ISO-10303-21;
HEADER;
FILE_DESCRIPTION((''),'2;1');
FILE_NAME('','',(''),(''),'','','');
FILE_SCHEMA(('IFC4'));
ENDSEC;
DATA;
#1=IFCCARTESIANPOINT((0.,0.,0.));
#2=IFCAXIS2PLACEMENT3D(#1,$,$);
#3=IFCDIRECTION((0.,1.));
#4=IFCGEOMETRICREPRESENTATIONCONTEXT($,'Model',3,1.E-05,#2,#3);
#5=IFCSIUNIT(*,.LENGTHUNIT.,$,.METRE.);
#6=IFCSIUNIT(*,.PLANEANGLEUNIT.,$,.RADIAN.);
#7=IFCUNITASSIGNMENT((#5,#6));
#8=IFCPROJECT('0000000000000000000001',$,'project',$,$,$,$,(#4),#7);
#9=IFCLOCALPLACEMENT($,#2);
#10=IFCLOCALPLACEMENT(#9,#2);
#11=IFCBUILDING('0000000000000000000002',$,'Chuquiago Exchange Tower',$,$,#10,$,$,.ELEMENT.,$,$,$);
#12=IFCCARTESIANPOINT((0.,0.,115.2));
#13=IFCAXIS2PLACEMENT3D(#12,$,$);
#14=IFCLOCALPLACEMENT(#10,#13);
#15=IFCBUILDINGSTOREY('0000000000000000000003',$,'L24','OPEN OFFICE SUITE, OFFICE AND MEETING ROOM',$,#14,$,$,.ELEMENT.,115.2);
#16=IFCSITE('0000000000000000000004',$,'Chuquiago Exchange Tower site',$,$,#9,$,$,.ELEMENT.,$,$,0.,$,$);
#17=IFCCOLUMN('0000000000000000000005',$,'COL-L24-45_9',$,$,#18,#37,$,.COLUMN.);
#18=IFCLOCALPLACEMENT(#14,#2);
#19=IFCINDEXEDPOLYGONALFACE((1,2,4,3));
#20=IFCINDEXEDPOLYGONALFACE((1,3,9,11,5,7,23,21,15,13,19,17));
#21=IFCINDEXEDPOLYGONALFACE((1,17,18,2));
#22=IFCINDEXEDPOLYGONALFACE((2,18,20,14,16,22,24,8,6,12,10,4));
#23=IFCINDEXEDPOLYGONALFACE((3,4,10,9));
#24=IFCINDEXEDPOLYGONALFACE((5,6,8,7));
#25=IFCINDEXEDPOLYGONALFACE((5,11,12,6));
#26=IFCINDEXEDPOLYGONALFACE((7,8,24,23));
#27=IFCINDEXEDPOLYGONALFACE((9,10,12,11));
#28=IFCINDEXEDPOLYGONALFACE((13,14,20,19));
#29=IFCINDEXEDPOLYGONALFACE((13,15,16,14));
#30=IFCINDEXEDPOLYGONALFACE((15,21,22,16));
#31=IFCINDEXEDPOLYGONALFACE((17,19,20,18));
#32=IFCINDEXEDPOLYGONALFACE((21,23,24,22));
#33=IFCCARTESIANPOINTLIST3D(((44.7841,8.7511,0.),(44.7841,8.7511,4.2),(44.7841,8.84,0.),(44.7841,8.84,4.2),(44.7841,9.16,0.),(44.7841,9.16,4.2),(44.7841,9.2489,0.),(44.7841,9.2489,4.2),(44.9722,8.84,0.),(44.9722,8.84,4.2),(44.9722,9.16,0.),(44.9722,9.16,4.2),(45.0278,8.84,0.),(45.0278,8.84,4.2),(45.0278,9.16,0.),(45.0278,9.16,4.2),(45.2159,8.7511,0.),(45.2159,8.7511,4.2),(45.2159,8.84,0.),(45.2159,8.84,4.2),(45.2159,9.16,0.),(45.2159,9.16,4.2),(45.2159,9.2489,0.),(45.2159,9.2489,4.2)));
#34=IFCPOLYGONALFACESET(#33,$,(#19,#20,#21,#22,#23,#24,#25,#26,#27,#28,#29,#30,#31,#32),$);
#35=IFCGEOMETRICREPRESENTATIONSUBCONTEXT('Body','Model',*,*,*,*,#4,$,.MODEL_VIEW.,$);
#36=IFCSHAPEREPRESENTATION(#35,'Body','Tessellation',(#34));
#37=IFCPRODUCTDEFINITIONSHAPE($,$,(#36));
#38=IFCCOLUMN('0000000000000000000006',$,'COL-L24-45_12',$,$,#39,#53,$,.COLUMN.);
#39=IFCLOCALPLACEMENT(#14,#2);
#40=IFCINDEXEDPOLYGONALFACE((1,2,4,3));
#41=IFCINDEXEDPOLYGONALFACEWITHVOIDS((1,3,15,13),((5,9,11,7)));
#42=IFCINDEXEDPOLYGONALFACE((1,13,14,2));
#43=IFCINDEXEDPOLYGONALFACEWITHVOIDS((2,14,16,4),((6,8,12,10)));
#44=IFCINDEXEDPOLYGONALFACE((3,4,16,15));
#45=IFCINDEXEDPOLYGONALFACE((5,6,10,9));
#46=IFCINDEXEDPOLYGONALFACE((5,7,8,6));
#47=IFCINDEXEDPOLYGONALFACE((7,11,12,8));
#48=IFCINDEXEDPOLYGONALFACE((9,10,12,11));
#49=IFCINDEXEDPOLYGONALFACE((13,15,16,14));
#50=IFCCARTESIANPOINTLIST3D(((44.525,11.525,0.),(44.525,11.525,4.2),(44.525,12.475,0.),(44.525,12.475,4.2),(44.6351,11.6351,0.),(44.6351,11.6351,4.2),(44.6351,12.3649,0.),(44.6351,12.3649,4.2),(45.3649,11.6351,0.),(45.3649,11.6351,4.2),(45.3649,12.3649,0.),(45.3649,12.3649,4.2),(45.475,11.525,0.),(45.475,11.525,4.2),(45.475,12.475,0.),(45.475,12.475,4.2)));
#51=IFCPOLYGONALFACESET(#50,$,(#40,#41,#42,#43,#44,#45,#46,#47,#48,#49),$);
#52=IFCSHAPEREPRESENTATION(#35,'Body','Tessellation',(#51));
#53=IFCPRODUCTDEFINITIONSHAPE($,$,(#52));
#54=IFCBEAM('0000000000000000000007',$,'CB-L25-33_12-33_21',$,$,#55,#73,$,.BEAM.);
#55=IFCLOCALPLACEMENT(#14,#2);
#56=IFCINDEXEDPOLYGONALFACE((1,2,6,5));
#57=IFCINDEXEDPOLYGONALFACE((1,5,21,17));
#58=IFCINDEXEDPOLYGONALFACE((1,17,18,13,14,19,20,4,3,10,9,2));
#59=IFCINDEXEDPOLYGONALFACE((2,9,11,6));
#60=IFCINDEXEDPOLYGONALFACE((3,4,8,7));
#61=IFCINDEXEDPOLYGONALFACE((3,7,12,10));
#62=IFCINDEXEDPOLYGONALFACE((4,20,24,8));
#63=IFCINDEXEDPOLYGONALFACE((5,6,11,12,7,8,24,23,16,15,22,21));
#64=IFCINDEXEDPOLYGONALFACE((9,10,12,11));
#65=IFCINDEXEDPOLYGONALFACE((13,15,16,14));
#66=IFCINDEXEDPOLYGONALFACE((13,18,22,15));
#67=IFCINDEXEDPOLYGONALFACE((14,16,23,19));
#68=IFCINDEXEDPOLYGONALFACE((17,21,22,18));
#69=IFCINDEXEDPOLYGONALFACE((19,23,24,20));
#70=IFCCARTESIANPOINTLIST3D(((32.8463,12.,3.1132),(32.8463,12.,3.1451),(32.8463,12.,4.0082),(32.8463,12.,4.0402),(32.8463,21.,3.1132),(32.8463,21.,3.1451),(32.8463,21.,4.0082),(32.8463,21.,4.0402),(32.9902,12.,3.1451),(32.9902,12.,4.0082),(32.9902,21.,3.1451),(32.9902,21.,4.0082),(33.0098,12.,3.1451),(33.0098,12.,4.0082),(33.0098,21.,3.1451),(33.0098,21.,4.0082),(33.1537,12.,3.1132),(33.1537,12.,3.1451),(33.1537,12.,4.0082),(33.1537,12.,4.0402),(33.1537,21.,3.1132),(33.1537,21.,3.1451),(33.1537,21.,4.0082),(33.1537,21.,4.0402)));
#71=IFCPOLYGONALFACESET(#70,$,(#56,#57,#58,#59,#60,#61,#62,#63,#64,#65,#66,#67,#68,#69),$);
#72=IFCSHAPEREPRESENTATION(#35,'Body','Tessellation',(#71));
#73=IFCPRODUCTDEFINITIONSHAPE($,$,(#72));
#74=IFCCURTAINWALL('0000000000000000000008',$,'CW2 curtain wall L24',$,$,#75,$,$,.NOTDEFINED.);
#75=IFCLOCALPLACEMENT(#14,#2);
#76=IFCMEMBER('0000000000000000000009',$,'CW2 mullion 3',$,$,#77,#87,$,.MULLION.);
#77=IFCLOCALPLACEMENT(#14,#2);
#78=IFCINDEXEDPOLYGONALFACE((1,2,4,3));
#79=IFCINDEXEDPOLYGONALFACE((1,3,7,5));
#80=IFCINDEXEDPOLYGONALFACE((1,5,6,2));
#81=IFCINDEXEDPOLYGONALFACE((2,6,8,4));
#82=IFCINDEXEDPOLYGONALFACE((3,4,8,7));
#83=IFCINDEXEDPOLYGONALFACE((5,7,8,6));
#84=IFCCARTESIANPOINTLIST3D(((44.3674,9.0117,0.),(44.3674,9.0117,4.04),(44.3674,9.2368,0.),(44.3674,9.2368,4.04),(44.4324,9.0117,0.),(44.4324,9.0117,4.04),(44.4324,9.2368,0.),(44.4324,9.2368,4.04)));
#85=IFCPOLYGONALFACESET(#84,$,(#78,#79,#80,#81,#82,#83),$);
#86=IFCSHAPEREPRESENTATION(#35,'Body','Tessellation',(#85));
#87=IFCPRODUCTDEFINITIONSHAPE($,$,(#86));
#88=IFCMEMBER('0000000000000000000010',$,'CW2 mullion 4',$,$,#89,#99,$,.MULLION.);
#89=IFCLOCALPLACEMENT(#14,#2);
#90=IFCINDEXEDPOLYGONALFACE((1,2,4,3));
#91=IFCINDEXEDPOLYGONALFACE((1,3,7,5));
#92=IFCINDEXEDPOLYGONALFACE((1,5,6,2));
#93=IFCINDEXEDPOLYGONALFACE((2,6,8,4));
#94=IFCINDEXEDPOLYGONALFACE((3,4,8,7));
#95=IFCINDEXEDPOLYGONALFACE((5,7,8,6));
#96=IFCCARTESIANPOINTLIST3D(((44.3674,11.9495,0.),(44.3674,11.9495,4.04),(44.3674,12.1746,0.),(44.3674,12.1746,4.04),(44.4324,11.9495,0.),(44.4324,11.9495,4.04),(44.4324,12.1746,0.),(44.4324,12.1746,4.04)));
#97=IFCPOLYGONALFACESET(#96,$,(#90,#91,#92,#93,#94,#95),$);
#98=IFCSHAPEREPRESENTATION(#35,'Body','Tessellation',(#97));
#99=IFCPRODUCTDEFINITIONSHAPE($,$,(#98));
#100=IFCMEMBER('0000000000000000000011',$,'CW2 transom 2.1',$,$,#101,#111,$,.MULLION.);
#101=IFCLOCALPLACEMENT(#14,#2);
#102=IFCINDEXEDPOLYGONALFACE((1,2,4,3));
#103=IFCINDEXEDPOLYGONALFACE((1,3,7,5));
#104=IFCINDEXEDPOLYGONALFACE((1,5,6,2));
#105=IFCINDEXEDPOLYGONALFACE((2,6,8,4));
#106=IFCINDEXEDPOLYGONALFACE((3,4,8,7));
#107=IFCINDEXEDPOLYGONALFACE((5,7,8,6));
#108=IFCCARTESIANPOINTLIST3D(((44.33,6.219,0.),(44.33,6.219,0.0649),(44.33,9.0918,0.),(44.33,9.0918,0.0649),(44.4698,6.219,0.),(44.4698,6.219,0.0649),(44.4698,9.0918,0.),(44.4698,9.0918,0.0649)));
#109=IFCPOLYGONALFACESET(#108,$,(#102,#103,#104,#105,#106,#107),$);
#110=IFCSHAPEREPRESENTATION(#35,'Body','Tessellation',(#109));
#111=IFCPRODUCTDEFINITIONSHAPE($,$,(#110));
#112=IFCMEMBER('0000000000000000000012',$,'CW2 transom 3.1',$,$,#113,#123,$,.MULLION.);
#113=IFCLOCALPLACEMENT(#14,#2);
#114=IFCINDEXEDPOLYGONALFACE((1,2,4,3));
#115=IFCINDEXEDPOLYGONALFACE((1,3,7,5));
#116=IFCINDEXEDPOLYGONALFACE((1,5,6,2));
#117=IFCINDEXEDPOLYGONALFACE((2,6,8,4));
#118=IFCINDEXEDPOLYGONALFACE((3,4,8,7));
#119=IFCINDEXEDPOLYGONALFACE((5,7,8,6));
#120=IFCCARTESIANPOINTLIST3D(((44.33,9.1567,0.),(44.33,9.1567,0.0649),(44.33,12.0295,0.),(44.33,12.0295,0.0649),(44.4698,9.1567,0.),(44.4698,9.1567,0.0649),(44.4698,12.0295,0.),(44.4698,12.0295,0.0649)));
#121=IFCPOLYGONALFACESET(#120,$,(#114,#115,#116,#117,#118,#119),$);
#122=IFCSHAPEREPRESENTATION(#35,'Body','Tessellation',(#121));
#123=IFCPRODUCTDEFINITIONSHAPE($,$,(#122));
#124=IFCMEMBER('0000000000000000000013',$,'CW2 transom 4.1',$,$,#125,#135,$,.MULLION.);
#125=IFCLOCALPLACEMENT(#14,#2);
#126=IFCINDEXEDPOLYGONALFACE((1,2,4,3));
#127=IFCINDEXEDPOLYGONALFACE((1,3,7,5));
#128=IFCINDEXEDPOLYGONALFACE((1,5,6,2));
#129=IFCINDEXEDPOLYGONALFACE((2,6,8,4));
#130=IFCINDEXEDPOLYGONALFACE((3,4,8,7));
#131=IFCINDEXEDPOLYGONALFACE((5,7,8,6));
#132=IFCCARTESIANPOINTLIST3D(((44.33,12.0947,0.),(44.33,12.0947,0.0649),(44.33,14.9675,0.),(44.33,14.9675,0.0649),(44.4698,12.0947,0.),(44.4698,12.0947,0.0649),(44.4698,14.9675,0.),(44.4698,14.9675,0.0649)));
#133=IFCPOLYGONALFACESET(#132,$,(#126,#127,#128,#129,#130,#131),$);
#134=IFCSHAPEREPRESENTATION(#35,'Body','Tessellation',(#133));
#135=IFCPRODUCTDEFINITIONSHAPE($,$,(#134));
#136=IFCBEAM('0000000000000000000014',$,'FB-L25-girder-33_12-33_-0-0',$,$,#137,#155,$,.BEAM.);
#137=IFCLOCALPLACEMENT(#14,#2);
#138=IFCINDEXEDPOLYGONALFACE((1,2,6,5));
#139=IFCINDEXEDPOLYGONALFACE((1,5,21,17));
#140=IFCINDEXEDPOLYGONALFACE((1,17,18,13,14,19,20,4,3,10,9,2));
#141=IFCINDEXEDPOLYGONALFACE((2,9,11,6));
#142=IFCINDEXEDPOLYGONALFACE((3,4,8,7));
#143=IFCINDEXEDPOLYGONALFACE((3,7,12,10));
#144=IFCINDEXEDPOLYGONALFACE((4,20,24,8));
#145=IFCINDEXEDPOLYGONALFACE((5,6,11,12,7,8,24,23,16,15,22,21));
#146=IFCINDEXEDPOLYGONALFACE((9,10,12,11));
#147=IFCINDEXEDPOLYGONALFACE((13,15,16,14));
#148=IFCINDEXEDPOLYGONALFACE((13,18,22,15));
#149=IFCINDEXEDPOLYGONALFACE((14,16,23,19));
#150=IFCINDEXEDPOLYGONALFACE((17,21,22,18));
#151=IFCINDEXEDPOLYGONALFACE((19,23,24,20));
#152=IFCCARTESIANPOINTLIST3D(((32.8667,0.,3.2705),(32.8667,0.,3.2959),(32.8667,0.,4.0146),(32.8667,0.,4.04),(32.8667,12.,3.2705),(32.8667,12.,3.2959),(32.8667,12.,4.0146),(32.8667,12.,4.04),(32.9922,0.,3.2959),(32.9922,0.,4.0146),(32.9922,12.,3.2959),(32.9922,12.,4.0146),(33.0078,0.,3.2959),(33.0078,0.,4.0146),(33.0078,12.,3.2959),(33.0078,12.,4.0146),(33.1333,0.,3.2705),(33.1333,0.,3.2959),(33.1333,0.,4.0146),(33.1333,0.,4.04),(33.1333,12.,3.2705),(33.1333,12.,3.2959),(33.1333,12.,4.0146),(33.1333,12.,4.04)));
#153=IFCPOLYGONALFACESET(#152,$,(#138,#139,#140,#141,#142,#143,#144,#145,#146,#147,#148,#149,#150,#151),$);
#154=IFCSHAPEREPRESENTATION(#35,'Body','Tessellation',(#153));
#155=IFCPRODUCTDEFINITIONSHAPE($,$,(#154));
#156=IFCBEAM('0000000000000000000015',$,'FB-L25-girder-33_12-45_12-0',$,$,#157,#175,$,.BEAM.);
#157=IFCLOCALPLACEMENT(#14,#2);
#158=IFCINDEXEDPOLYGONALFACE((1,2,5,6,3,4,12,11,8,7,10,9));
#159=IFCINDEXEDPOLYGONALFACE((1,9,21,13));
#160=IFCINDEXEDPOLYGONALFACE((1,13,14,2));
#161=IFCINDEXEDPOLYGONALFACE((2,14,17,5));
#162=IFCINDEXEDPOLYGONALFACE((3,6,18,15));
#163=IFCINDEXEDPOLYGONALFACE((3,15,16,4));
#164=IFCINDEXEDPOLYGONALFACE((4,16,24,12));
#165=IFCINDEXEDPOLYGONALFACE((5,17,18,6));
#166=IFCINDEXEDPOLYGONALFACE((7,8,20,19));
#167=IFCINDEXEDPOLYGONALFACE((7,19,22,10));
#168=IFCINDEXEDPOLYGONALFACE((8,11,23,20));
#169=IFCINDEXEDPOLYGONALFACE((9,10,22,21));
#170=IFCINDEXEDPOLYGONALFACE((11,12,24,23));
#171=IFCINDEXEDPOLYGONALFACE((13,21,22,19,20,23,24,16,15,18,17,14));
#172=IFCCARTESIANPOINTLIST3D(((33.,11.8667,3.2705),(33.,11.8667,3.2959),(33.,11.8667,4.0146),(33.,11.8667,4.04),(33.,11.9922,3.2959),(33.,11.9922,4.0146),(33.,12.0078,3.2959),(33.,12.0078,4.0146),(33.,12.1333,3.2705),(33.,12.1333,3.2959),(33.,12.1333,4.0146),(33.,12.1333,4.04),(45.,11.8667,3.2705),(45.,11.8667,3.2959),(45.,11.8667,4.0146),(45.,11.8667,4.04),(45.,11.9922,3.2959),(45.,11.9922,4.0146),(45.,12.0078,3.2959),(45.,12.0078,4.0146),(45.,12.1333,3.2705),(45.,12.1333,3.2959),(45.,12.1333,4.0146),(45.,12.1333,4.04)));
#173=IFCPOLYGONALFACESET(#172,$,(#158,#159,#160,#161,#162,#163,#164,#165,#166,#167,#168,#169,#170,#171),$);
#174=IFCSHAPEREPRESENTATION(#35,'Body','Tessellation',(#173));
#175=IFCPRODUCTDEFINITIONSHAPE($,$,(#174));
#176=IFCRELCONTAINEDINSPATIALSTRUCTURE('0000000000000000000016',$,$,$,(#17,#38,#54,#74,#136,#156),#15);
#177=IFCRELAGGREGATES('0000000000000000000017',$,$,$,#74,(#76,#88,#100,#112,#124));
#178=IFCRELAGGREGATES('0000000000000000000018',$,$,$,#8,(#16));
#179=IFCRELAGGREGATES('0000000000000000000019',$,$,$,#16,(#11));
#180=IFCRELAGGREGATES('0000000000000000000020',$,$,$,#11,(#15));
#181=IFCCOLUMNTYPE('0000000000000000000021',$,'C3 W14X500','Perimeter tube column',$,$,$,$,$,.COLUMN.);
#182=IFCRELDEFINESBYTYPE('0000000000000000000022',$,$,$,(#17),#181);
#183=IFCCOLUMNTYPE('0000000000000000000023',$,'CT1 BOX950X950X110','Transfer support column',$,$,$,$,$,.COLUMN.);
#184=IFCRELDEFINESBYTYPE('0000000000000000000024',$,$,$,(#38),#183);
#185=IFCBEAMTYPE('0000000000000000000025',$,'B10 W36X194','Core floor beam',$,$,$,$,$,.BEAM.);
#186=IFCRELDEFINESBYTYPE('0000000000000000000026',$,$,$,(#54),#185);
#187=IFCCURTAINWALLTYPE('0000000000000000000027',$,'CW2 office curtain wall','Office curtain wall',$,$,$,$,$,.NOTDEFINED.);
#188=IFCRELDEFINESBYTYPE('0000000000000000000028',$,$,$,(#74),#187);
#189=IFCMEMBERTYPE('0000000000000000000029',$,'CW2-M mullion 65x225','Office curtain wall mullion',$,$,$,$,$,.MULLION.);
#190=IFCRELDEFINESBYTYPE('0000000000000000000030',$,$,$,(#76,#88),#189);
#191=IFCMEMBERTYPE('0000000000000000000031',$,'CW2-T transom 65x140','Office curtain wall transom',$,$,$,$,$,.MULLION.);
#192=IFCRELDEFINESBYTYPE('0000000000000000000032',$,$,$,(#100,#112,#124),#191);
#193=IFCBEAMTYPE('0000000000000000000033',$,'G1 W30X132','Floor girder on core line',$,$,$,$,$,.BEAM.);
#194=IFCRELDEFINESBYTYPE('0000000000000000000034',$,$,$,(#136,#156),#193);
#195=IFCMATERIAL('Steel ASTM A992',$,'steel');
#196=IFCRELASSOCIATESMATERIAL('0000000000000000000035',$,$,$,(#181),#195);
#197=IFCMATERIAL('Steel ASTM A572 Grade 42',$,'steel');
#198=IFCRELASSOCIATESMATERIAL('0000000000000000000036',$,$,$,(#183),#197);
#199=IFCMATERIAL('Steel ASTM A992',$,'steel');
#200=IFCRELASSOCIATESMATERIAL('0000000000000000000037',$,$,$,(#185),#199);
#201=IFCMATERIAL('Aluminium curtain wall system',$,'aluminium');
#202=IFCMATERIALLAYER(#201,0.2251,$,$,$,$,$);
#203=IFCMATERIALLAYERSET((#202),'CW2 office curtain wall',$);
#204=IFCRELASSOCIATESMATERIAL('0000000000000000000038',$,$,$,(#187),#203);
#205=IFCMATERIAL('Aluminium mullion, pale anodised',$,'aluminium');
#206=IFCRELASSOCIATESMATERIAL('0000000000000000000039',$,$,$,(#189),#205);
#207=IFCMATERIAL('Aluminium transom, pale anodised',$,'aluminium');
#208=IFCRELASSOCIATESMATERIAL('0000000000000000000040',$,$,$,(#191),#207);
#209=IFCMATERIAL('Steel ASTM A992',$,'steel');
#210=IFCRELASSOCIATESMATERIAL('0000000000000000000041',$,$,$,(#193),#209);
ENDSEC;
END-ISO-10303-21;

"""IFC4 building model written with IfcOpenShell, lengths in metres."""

from ifc_helpers import new_model, si_unit, direction, frame, origin, origin_2d, place, context, subcontext, project, spatial, rectangle, hollow_rectangle, i_section, extrude, material, layer, layer_set, material_profile, profile_set, type_object, element, aggregate, save


model = new_model("IFC4")

# Units and contexts
model_context = context("Model", 3, precision=1e-05, world=origin(), true_north=direction((0.0, 1.0)))
body_context = subcontext(model_context, "Body", "Model", "MODEL_VIEW")
ifc_project = project(units=[si_unit("LENGTHUNIT", "METRE"), si_unit("PLANEANGLEUNIT", "RADIAN")], contexts=[model_context])

# Site, building, storey
site_placement = place(None, origin())
site = spatial("IfcSite", under=ifc_project, at=site_placement, Name="Chuquiago Exchange Tower site", CompositionType="ELEMENT", RefElevation=0.0)
building_placement = place(site_placement, origin())
building = spatial("IfcBuilding", under=site, at=building_placement, Name="Chuquiago Exchange Tower", CompositionType="ELEMENT")
storey_placement = place(building_placement, frame((0.0, 0.0, 115.2)))
storey = spatial("IfcBuildingStorey", under=building, at=storey_placement, Name="L24", Description="OPEN OFFICE SUITE, OFFICE AND MEETING ROOM", CompositionType="ELEMENT", Elevation=115.2)

# Columns
ifc_material_1 = material(Name="Steel ASTM A992", Category="steel")
ifc_material_profile_1 = material_profile(ifc_material_1, i_section(OverallWidth=0.4319, OverallDepth=0.4978, WebThickness=0.0557, FlangeThickness=0.0889, at=origin_2d()), Name="W14X500")
ifc_profile_set_1 = profile_set([ifc_material_profile_1], Name="Steel ASTM A992")
column_type_1 = type_object("IfcColumnType", Name="C3 W14X500", Description="Perimeter tube column", PredefinedType="COLUMN", material=ifc_profile_set_1)
column_1_placement = place(storey_placement, frame((45.0, 9.0, 0.0), z_axis=(0.0, 0.0, 1.0), x_axis=(1.0, 0.0, 0.0)))
element("IfcColumn", 1, at=column_1_placement, inside=storey, type_object=column_type_1, Name="COL-L24-45_9", PredefinedType="COLUMN", context=body_context, shape_type="SweptSolid", body=[
    extrude(i_section(OverallWidth=0.4319, OverallDepth=0.4978, WebThickness=0.0557, FlangeThickness=0.0889, at=origin_2d()), origin(), (0.0, 0.0, 1.0), 4.2),
])
ifc_material_2 = material(Name="Steel ASTM A572 Grade 42", Category="steel")
ifc_material_profile_2 = material_profile(ifc_material_2, hollow_rectangle(XDim=0.95, YDim=0.95, WallThickness=0.1101, at=origin_2d()), Name="BOX950X950X110")
ifc_profile_set_2 = profile_set([ifc_material_profile_2], Name="Steel ASTM A572 Grade 42")
column_type_2 = type_object("IfcColumnType", Name="CT1 BOX950X950X110", Description="Transfer support column", PredefinedType="COLUMN", material=ifc_profile_set_2)
column_2_placement = place(storey_placement, frame((45.0, 12.0, 0.0), z_axis=(0.0, 0.0, 1.0), x_axis=(1.0, 0.0, 0.0)))
element("IfcColumn", 2, at=column_2_placement, inside=storey, type_object=column_type_2, Name="COL-L24-45_12", PredefinedType="COLUMN", context=body_context, shape_type="SweptSolid", body=[
    extrude(hollow_rectangle(XDim=0.95, YDim=0.95, WallThickness=0.1101, at=origin_2d()), origin(), (0.0, 0.0, 1.0), 4.2),
])

# Beam
ifc_material_3 = material(Name="Steel ASTM A992", Category="steel")
ifc_material_profile_3 = material_profile(ifc_material_3, i_section(OverallWidth=0.3074, OverallDepth=0.927, WebThickness=0.0195, FlangeThickness=0.032, at=origin_2d()), Name="W36X194")
ifc_profile_set_3 = profile_set([ifc_material_profile_3], Name="Steel ASTM A992")
beam_type_1 = type_object("IfcBeamType", Name="B10 W36X194", Description="Core floor beam", PredefinedType="BEAM", material=ifc_profile_set_3)
beam_placement = place(storey_placement, frame((33.0, 12.0, 3.5767), z_axis=(0.0, 1.0, 0.0), x_axis=(-1.0, 0.0, 0.0)))
element("IfcBeam", 3, at=beam_placement, inside=storey, type_object=beam_type_1, Name="CB-L25-33_12-33_21", PredefinedType="BEAM", context=body_context, shape_type="SweptSolid", body=[
    extrude(i_section(OverallWidth=0.3074, OverallDepth=0.927, WebThickness=0.0195, FlangeThickness=0.032, at=origin_2d()), origin(), (0.0, 0.0, 1.0), 9.0),
])

# Curtain wall, members
ifc_material_4 = material(Name="Aluminium curtain wall system", Category="aluminium")
ifc_layer_1 = layer(ifc_material_4, 0.2251)
ifc_layer_set_1 = layer_set([ifc_layer_1], Name="CW2 office curtain wall")
curtain_wall_type = type_object("IfcCurtainWallType", Name="CW2 office curtain wall", Description="Office curtain wall", PredefinedType="NOTDEFINED", material=ifc_layer_set_1)
curtain_wall_placement = place(storey_placement, origin())
curtain_wall = element("IfcCurtainWall", 4, at=curtain_wall_placement, inside=storey, type_object=curtain_wall_type, Name="CW2 curtain wall L24", PredefinedType="NOTDEFINED")
ifc_material_5 = material(Name="Aluminium mullion, pale anodised", Category="aluminium")
ifc_material_profile_4 = material_profile(ifc_material_5, rectangle(XDim=0.0649, YDim=0.2251, at=origin_2d()), Name="AL 65x225")
ifc_profile_set_4 = profile_set([ifc_material_profile_4], Name="Aluminium mullion, pale anodised")
member_type_1 = type_object("IfcMemberType", Name="CW2-M mullion 65x225", Description="Office curtain wall mullion", PredefinedType="MULLION", material=ifc_profile_set_4)
member_1_placement = place(storey_placement, frame((44.3999, 9.1243, 0.0), z_axis=(0.0, 0.0, 1.0), x_axis=(-1.0, 0.0, 0.0)))
member_1 = element("IfcMember", 5, at=member_1_placement, type_object=member_type_1, Name="CW2 mullion 3", PredefinedType="MULLION", context=body_context, shape_type="SweptSolid", body=[
    extrude(rectangle(XDim=0.0649, YDim=0.2251, at=origin_2d()), origin(), (0.0, 0.0, 1.0), 4.04),
])
member_2_placement = place(storey_placement, frame((44.3999, 12.062, 0.0), z_axis=(0.0, 0.0, 1.0), x_axis=(-1.0, 0.0, 0.0)))
member_2 = element("IfcMember", 6, at=member_2_placement, type_object=member_type_1, Name="CW2 mullion 4", PredefinedType="MULLION", context=body_context, shape_type="SweptSolid", body=[
    extrude(rectangle(XDim=0.0649, YDim=0.2251, at=origin_2d()), origin(), (0.0, 0.0, 1.0), 4.04),
])
ifc_material_6 = material(Name="Aluminium transom, pale anodised", Category="aluminium")
ifc_material_profile_5 = material_profile(ifc_material_6, rectangle(XDim=0.1399, YDim=0.0649, at=origin_2d()), Name="AL 140x65")
ifc_profile_set_5 = profile_set([ifc_material_profile_5], Name="Aluminium transom, pale anodised")
member_type_2 = type_object("IfcMemberType", Name="CW2-T transom 65x140", Description="Office curtain wall transom", PredefinedType="MULLION", material=ifc_profile_set_5)
member_3_placement = place(storey_placement, frame((44.3999, 6.219, 0.0325), z_axis=(0.0, 1.0, 0.0), x_axis=(-1.0, 0.0, 0.0)))
member_3 = element("IfcMember", 7, at=member_3_placement, type_object=member_type_2, Name="CW2 transom 2.1", PredefinedType="MULLION", context=body_context, shape_type="SweptSolid", body=[
    extrude(rectangle(XDim=0.1399, YDim=0.0649, at=origin_2d()), origin(), (0.0, 0.0, 1.0), 2.8728),
])
member_4_placement = place(storey_placement, frame((44.3999, 9.1567, 0.0325), z_axis=(0.0, 1.0, 0.0), x_axis=(-1.0, 0.0, 0.0)))
member_4 = element("IfcMember", 8, at=member_4_placement, type_object=member_type_2, Name="CW2 transom 3.1", PredefinedType="MULLION", context=body_context, shape_type="SweptSolid", body=[
    extrude(rectangle(XDim=0.1399, YDim=0.0649, at=origin_2d()), origin(), (0.0, 0.0, 1.0), 2.8728),
])
member_5_placement = place(storey_placement, frame((44.3999, 12.0947, 0.0325), z_axis=(0.0, 1.0, 0.0), x_axis=(-1.0, 0.0, 0.0)))
member_5 = element("IfcMember", 9, at=member_5_placement, type_object=member_type_2, Name="CW2 transom 4.1", PredefinedType="MULLION", context=body_context, shape_type="SweptSolid", body=[
    extrude(rectangle(XDim=0.1399, YDim=0.0649, at=origin_2d()), origin(), (0.0, 0.0, 1.0), 2.8728),
])

# Beams
ifc_material_7 = material(Name="Steel ASTM A992", Category="steel")
ifc_material_profile_6 = material_profile(ifc_material_7, i_section(OverallWidth=0.2666, OverallDepth=0.7695, WebThickness=0.0156, FlangeThickness=0.0254, at=origin_2d()), Name="W30X132")
ifc_profile_set_6 = profile_set([ifc_material_profile_6], Name="Steel ASTM A992")
beam_type_2 = type_object("IfcBeamType", Name="G1 W30X132", Description="Floor girder on core line", PredefinedType="BEAM", material=ifc_profile_set_6)
for number, where, z_axis, x_axis, name in (
    (10, (33.0, 12.0, 3.6553), (0.0, -1.0, 0.0), (1.0, 0.0, 0.0), "FB-L25-girder-33_12-33_-0-0"),
    (11, (33.0, 12.0, 3.6553), (1.0, 0.0, 0.0), (0.0, 1.0, 0.0), "FB-L25-girder-33_12-45_12-0"),
):
    element("IfcBeam", number, at=place(storey_placement, frame(where, z_axis=z_axis, x_axis=x_axis)), inside=storey, type_object=beam_type_2, Name=name, PredefinedType="BEAM", context=body_context, shape_type="SweptSolid", body=[
        extrude(i_section(OverallWidth=0.2666, OverallDepth=0.7695, WebThickness=0.0156, FlangeThickness=0.0254, at=origin_2d()), origin(), (0.0, 0.0, 1.0), 12.0),
    ])

aggregate(curtain_wall, [member_1, member_2, member_3, member_4, member_5])

save(model, "model.ifc")
